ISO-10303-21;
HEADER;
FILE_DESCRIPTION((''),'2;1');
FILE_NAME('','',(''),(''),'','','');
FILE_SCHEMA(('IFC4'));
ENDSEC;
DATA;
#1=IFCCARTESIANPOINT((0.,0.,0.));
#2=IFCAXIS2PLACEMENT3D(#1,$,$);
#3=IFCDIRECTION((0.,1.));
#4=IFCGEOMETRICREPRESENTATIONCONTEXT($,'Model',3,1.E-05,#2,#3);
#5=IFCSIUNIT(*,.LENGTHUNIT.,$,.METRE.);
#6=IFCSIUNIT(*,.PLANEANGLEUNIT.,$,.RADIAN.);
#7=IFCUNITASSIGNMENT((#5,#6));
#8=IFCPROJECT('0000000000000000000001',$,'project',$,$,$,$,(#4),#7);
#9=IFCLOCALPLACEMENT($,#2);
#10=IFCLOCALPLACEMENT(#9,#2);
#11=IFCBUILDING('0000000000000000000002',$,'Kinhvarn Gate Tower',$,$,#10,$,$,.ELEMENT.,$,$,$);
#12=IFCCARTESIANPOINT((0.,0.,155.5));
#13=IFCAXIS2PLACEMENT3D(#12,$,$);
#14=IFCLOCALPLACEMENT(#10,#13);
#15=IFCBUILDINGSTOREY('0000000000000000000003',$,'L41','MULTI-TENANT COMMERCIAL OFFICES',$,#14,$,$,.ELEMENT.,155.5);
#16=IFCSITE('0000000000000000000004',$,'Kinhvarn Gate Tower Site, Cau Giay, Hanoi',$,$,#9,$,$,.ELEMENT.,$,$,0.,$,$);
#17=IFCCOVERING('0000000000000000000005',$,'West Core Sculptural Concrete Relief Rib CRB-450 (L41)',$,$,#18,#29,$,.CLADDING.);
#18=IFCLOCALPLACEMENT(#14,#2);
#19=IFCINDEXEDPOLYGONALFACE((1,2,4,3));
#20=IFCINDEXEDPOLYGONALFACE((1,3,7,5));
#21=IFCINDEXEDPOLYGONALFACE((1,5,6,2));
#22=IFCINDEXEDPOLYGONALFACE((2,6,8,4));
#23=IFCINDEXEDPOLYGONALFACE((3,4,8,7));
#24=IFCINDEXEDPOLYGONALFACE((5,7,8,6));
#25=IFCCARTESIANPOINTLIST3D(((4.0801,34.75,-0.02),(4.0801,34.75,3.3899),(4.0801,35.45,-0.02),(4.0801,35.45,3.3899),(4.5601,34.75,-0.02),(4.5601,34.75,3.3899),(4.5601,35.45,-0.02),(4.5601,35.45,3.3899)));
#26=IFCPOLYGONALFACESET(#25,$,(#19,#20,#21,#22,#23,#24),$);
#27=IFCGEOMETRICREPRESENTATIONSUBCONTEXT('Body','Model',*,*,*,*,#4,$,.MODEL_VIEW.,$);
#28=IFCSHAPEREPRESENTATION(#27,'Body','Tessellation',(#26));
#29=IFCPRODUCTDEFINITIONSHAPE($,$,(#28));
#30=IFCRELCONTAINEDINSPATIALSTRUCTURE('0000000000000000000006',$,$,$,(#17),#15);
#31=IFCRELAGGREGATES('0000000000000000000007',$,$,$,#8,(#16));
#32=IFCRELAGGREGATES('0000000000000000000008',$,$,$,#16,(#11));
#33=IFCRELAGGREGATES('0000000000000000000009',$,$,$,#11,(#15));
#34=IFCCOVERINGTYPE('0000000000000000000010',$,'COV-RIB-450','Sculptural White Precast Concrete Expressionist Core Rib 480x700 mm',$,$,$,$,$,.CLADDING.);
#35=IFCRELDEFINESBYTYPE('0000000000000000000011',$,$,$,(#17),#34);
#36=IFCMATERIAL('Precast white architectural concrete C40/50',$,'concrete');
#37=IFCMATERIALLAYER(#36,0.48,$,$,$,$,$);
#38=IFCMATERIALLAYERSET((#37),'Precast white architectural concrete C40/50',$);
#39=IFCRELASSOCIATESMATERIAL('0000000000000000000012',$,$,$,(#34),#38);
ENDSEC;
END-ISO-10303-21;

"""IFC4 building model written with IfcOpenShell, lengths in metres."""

from ifc_helpers import new_model, si_unit, direction, frame, origin, place, context, subcontext, project, spatial, polyline, outline, extrude, material, layer, layer_set, type_object, element, save


model = new_model("IFC4")

# Units and contexts
model_context = context("Model", 3, precision=1e-05, world=origin(), true_north=direction((0.0, 1.0)))
body_context = subcontext(model_context, "Body", "Model", "MODEL_VIEW")
ifc_project = project(units=[si_unit("LENGTHUNIT", "METRE"), si_unit("PLANEANGLEUNIT", "RADIAN")], contexts=[model_context])

# Site, building, storey
site_placement = place(None, origin())
site = spatial("IfcSite", under=ifc_project, at=site_placement, Name="Kinhvarn Gate Tower Site, Cau Giay, Hanoi", CompositionType="ELEMENT", RefElevation=0.0)
building_placement = place(site_placement, origin())
building = spatial("IfcBuilding", under=site, at=building_placement, Name="Kinhvarn Gate Tower", CompositionType="ELEMENT")
storey_placement = place(building_placement, frame((0.0, 0.0, 155.5)))
storey = spatial("IfcBuildingStorey", under=building, at=storey_placement, Name="L41", Description="MULTI-TENANT COMMERCIAL OFFICES", CompositionType="ELEMENT", Elevation=155.5)

# Shared definitions
ifc_material_1 = material(Name="Precast white architectural concrete C40/50", Category="concrete")

# Covering
ifc_layer_1 = layer(ifc_material_1, 0.48)
ifc_layer_set_1 = layer_set([ifc_layer_1], Name="Precast white architectural concrete C40/50")
covering_type_1 = type_object("IfcCoveringType", Name="COV-RIB-450", Description="Sculptural White Precast Concrete Expressionist Core Rib 480x700 mm", PredefinedType="CLADDING", material=ifc_layer_set_1)
covering_1_placement = place(storey_placement, frame((0.0, 0.0, -0.02)))
element("IfcCovering", 1, at=covering_1_placement, inside=storey, type_object=covering_type_1, Name="West Core Sculptural Concrete Relief Rib CRB-450 (L41)", PredefinedType="CLADDING", context=body_context, shape_type="SweptSolid", body=[
    extrude(outline(polyline([(4.0801, 34.75), (4.5601, 34.75), (4.5601, 35.45), (4.0801, 35.45), (4.0801, 34.75)])), origin(), (0.0, 0.0, 1.0), 3.4099),
])

save(model, "model.ifc")
